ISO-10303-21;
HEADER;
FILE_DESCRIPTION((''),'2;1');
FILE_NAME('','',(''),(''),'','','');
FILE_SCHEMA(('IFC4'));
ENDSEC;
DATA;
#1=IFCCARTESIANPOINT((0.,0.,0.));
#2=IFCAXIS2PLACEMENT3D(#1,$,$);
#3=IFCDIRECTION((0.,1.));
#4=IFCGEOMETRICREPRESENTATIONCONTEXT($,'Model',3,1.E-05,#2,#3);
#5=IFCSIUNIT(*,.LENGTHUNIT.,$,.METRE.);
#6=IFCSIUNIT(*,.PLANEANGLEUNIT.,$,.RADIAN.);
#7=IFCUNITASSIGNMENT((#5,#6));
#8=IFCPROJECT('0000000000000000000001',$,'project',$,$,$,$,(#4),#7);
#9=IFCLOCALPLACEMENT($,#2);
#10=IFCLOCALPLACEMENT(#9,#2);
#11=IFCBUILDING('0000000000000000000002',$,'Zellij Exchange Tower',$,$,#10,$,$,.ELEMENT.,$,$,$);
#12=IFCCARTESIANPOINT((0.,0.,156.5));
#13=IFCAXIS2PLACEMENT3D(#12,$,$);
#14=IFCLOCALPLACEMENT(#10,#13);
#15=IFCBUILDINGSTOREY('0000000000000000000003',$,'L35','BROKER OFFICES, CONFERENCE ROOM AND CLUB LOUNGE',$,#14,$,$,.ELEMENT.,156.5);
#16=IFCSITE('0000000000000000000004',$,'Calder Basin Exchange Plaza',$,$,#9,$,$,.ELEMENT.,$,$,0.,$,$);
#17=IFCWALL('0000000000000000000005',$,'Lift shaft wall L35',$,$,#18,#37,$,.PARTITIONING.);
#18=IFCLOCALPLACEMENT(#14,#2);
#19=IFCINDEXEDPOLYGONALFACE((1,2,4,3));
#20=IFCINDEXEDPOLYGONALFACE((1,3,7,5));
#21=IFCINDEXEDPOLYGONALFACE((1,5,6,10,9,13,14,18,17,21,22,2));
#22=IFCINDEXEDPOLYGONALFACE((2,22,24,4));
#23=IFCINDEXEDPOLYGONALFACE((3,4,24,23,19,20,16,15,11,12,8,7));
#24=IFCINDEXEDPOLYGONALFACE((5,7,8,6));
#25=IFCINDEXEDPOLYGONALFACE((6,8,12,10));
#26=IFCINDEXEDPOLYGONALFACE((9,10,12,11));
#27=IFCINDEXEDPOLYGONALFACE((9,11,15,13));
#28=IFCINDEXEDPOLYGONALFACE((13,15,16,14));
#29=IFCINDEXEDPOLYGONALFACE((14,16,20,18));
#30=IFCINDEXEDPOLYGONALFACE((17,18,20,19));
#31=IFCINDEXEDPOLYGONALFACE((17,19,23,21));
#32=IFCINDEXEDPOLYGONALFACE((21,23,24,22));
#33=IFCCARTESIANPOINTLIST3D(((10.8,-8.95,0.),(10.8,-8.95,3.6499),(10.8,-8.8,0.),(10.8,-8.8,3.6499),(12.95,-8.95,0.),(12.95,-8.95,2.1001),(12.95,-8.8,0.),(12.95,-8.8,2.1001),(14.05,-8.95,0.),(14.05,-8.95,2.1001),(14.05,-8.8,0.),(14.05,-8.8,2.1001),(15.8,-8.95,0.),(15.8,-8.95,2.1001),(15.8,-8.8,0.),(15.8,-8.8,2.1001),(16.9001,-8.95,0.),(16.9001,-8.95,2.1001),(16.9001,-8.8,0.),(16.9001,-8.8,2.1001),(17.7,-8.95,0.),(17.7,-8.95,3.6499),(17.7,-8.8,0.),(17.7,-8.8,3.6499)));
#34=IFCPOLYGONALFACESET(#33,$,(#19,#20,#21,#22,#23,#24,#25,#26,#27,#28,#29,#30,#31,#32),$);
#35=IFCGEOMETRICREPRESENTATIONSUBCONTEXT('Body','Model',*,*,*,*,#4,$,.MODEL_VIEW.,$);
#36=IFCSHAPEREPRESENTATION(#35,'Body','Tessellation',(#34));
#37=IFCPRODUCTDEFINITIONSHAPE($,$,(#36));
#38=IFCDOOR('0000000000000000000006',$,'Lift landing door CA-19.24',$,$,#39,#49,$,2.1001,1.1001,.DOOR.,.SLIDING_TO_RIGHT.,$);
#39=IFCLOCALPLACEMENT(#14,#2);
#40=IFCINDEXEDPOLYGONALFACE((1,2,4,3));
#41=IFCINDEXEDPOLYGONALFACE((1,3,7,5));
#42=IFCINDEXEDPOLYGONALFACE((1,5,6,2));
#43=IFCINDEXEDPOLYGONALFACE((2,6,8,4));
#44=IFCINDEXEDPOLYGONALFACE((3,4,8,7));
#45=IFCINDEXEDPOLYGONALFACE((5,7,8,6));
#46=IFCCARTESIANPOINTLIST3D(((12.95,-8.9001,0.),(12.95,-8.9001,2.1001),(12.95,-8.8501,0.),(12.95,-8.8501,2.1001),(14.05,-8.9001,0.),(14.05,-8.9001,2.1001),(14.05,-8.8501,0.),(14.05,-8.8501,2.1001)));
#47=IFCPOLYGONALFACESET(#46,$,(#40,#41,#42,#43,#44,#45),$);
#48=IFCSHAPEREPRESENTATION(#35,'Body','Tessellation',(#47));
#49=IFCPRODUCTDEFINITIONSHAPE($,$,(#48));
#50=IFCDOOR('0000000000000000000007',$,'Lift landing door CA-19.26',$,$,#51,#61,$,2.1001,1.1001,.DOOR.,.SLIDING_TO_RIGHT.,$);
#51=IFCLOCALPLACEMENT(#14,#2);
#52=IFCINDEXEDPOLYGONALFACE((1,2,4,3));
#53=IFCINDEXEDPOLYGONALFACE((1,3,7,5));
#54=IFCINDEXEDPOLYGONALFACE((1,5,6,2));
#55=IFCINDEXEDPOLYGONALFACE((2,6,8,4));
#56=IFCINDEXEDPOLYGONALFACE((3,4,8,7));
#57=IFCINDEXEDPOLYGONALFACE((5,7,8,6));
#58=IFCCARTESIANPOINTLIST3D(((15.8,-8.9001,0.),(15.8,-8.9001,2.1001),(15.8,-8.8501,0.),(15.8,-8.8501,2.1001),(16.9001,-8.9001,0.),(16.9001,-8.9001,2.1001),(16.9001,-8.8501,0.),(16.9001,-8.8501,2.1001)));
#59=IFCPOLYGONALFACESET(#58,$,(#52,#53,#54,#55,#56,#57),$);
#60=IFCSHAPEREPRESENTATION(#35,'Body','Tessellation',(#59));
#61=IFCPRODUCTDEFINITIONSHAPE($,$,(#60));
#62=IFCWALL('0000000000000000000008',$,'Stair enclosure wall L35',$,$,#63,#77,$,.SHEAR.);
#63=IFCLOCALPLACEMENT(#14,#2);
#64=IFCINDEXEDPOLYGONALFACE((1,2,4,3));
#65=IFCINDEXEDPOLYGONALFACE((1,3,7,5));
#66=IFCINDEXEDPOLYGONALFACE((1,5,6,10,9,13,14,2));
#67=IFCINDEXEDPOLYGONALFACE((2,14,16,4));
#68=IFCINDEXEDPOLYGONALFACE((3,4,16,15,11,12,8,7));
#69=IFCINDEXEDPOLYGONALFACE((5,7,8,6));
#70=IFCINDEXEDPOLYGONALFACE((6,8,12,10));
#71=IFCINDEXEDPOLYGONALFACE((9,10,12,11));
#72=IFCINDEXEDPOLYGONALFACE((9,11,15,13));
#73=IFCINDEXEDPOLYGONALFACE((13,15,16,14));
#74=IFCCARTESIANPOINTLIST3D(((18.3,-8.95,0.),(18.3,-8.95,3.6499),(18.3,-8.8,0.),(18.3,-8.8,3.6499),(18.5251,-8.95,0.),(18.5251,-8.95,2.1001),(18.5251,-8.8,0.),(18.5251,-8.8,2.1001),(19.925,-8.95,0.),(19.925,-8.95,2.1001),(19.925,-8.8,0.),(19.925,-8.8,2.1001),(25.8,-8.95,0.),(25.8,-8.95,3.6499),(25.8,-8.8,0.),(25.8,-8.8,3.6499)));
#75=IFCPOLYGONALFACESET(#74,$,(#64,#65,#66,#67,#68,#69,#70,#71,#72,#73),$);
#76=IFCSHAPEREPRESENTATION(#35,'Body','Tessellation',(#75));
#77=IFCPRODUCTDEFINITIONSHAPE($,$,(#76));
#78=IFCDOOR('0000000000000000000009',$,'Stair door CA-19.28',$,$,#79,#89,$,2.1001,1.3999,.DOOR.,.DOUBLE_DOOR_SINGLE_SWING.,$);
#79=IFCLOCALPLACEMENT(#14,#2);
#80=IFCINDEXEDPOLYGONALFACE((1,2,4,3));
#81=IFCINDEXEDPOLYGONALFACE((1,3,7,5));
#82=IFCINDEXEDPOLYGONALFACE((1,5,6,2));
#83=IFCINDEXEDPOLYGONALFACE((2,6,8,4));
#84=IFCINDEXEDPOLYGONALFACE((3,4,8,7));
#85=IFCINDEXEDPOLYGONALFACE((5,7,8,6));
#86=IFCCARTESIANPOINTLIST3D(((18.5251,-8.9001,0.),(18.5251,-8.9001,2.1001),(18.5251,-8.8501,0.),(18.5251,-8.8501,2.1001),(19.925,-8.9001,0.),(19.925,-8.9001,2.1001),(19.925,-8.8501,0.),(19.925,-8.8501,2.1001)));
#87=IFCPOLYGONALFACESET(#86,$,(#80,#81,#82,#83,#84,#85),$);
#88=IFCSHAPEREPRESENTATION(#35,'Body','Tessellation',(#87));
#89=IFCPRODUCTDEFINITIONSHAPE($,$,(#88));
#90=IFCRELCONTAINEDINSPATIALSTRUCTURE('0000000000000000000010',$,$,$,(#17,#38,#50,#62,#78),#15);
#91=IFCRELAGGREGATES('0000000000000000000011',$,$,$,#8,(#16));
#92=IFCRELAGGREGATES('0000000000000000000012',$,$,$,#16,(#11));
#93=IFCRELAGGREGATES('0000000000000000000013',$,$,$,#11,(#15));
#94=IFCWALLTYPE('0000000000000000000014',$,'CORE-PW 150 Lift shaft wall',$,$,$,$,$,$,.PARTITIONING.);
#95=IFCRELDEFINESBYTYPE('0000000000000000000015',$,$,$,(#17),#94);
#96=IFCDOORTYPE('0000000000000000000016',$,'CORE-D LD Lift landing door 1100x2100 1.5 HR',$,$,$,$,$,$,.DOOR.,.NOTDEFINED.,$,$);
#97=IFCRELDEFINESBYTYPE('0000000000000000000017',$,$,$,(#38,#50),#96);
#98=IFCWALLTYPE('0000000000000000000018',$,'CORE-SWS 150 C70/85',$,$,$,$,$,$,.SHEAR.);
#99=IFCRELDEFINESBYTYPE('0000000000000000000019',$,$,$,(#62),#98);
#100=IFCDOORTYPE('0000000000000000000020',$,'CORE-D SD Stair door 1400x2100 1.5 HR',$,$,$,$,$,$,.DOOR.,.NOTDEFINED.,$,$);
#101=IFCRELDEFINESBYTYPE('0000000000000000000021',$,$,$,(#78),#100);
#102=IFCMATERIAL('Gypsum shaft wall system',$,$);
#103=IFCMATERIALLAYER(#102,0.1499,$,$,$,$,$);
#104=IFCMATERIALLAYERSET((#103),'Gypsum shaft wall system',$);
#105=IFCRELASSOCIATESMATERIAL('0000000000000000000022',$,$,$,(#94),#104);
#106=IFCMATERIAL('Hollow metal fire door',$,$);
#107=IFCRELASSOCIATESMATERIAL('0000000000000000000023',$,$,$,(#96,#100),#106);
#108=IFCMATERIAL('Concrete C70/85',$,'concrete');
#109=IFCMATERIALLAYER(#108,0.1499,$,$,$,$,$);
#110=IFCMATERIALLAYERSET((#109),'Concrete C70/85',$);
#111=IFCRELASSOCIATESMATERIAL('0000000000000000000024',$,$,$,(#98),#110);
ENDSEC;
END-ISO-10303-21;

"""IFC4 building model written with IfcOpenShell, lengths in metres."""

from ifc_helpers import new_model, si_unit, direction, frame, frame_2d, origin, place, context, subcontext, project, spatial, rectangle, extrude, material, layer, layer_set, type_object, element, fill, save


model = new_model("IFC4")

# Units and contexts
model_context = context("Model", 3, precision=1e-05, world=origin(), true_north=direction((0.0, 1.0)))
body_context = subcontext(model_context, "Body", "Model", "MODEL_VIEW")
ifc_project = project(units=[si_unit("LENGTHUNIT", "METRE"), si_unit("PLANEANGLEUNIT", "RADIAN")], contexts=[model_context])

# Site, building, storey
site_placement = place(None, origin())
site = spatial("IfcSite", under=ifc_project, at=site_placement, Name="Calder Basin Exchange Plaza", CompositionType="ELEMENT", RefElevation=0.0)
building_placement = place(site_placement, origin())
building = spatial("IfcBuilding", under=site, at=building_placement, Name="Zellij Exchange Tower", CompositionType="ELEMENT")
storey_placement = place(building_placement, frame((0.0, 0.0, 156.5)))
storey = spatial("IfcBuildingStorey", under=building, at=storey_placement, Name="L35", Description="BROKER OFFICES, CONFERENCE ROOM AND CLUB LOUNGE", CompositionType="ELEMENT", Elevation=156.5)

# Shared definitions
ifc_material_1 = material(Name="Concrete C70/85", Category="concrete")

# Shared definitions
ifc_material_2 = material(Name="Hollow metal fire door")

# Shared definitions
ifc_material_3 = material(Name="Gypsum shaft wall system")
ifc_layer_1 = layer(ifc_material_3, 0.1499)
ifc_layer_set_1 = layer_set([ifc_layer_1], Name="Gypsum shaft wall system")
wall_type_1 = type_object("IfcWallType", Name="CORE-PW 150 Lift shaft wall", PredefinedType="PARTITIONING", material=ifc_layer_set_1)

# Wall, openings, doors
wall_1_placement = place(storey_placement, frame((10.8, -8.875, 0.0), z_axis=(0.0, 0.0, 1.0), x_axis=(1.0, 0.0, 0.0)))
wall_1 = element("IfcWall", 1, at=wall_1_placement, inside=storey, type_object=wall_type_1, Name="Lift shaft wall L35", PredefinedType="PARTITIONING", context=body_context, shape_type="SweptSolid", body=[
    extrude(rectangle(XDim=6.8999, YDim=0.1499, at=frame_2d((3.45, 0.0))), origin(), (0.0, 0.0, 1.0), 3.6499),
])
opening_1_placement = place(wall_1_placement, frame((2.1499, 0.0, 0.0)))
opening_1 = element("IfcOpeningElement", 2, at=opening_1_placement, cuts=wall_1, PredefinedType="OPENING", context=body_context, shape_type="SweptSolid", body=[
    extrude(rectangle(XDim=1.1001, YDim=2.1001, at=frame_2d((0.55, 1.05))), frame((0.0, 0.0869, 0.0), z_axis=(0.0, -1.0, 0.0), x_axis=(1.0, 0.0, 0.0)), (0.0, 0.0, 1.0), 0.1738),
])
opening_2_placement = place(wall_1_placement, frame((5.0, 0.0, 0.0)))
opening_2 = element("IfcOpeningElement", 3, at=opening_2_placement, cuts=wall_1, PredefinedType="OPENING", context=body_context, shape_type="SweptSolid", body=[
    extrude(rectangle(XDim=1.1001, YDim=2.1001, at=frame_2d((0.55, 1.05))), frame((0.0, 0.0869, 0.0), z_axis=(0.0, -1.0, 0.0), x_axis=(1.0, 0.0, 0.0)), (0.0, 0.0, 1.0), 0.1738),
])
door_type_1 = type_object("IfcDoorType", Name="CORE-D LD Lift landing door 1100x2100 1.5 HR", OperationType="NOTDEFINED", PredefinedType="DOOR", material=ifc_material_2)
door_1_placement = place(opening_1_placement, origin())
door_1 = element("IfcDoor", 4, at=door_1_placement, inside=storey, type_object=door_type_1, Name="Lift landing door CA-19.24", OperationType="SLIDING_TO_RIGHT", OverallHeight=2.1001, OverallWidth=1.1001, PredefinedType="DOOR", context=body_context, shape_type="SweptSolid", body=[
    extrude(rectangle(XDim=1.1001, YDim=2.1001, at=frame_2d((0.55, 1.05))), frame((0.0, 0.0249, 0.0), z_axis=(0.0, -1.0, 0.0), x_axis=(1.0, 0.0, 0.0)), (0.0, 0.0, 1.0), 0.05),
])
fill(opening_1, door_1)
door_2_placement = place(opening_2_placement, origin())
door_2 = element("IfcDoor", 5, at=door_2_placement, inside=storey, type_object=door_type_1, Name="Lift landing door CA-19.26", OperationType="SLIDING_TO_RIGHT", OverallHeight=2.1001, OverallWidth=1.1001, PredefinedType="DOOR", context=body_context, shape_type="SweptSolid", body=[
    extrude(rectangle(XDim=1.1001, YDim=2.1001, at=frame_2d((0.55, 1.05))), frame((0.0, 0.0249, 0.0), z_axis=(0.0, -1.0, 0.0), x_axis=(1.0, 0.0, 0.0)), (0.0, 0.0, 1.0), 0.05),
])
fill(opening_2, door_2)

# Wall, opening, door
ifc_layer_2 = layer(ifc_material_1, 0.1499)
ifc_layer_set_2 = layer_set([ifc_layer_2], Name="Concrete C70/85")
wall_type_2 = type_object("IfcWallType", Name="CORE-SWS 150 C70/85", PredefinedType="SHEAR", material=ifc_layer_set_2)
wall_2_placement = place(storey_placement, frame((18.3, -8.875, 0.0), z_axis=(0.0, 0.0, 1.0), x_axis=(1.0, 0.0, 0.0)))
wall_2 = element("IfcWall", 6, at=wall_2_placement, inside=storey, type_object=wall_type_2, Name="Stair enclosure wall L35", PredefinedType="SHEAR", context=body_context, shape_type="SweptSolid", body=[
    extrude(rectangle(XDim=7.5, YDim=0.1499, at=frame_2d((3.75, 0.0))), origin(), (0.0, 0.0, 1.0), 3.6499),
])
opening_3_placement = place(wall_2_placement, frame((0.2251, 0.0, 0.0)))
opening_3 = element("IfcOpeningElement", 7, at=opening_3_placement, cuts=wall_2, PredefinedType="OPENING", context=body_context, shape_type="SweptSolid", body=[
    extrude(rectangle(XDim=1.3999, YDim=2.1001, at=frame_2d((0.7, 1.05))), frame((0.0, 0.0869, 0.0), z_axis=(0.0, -1.0, 0.0), x_axis=(1.0, 0.0, 0.0)), (0.0, 0.0, 1.0), 0.1738),
])
door_type_2 = type_object("IfcDoorType", Name="CORE-D SD Stair door 1400x2100 1.5 HR", OperationType="NOTDEFINED", PredefinedType="DOOR", material=ifc_material_2)
door_3_placement = place(opening_3_placement, origin())
door_3 = element("IfcDoor", 8, at=door_3_placement, inside=storey, type_object=door_type_2, Name="Stair door CA-19.28", OperationType="DOUBLE_DOOR_SINGLE_SWING", OverallHeight=2.1001, OverallWidth=1.3999, PredefinedType="DOOR", context=body_context, shape_type="SweptSolid", body=[
    extrude(rectangle(XDim=1.3999, YDim=2.1001, at=frame_2d((0.7, 1.05))), frame((0.0, 0.0249, 0.0), z_axis=(0.0, -1.0, 0.0), x_axis=(1.0, 0.0, 0.0)), (0.0, 0.0, 1.0), 0.05),
])
fill(opening_3, door_3)

save(model, "model.ifc")
